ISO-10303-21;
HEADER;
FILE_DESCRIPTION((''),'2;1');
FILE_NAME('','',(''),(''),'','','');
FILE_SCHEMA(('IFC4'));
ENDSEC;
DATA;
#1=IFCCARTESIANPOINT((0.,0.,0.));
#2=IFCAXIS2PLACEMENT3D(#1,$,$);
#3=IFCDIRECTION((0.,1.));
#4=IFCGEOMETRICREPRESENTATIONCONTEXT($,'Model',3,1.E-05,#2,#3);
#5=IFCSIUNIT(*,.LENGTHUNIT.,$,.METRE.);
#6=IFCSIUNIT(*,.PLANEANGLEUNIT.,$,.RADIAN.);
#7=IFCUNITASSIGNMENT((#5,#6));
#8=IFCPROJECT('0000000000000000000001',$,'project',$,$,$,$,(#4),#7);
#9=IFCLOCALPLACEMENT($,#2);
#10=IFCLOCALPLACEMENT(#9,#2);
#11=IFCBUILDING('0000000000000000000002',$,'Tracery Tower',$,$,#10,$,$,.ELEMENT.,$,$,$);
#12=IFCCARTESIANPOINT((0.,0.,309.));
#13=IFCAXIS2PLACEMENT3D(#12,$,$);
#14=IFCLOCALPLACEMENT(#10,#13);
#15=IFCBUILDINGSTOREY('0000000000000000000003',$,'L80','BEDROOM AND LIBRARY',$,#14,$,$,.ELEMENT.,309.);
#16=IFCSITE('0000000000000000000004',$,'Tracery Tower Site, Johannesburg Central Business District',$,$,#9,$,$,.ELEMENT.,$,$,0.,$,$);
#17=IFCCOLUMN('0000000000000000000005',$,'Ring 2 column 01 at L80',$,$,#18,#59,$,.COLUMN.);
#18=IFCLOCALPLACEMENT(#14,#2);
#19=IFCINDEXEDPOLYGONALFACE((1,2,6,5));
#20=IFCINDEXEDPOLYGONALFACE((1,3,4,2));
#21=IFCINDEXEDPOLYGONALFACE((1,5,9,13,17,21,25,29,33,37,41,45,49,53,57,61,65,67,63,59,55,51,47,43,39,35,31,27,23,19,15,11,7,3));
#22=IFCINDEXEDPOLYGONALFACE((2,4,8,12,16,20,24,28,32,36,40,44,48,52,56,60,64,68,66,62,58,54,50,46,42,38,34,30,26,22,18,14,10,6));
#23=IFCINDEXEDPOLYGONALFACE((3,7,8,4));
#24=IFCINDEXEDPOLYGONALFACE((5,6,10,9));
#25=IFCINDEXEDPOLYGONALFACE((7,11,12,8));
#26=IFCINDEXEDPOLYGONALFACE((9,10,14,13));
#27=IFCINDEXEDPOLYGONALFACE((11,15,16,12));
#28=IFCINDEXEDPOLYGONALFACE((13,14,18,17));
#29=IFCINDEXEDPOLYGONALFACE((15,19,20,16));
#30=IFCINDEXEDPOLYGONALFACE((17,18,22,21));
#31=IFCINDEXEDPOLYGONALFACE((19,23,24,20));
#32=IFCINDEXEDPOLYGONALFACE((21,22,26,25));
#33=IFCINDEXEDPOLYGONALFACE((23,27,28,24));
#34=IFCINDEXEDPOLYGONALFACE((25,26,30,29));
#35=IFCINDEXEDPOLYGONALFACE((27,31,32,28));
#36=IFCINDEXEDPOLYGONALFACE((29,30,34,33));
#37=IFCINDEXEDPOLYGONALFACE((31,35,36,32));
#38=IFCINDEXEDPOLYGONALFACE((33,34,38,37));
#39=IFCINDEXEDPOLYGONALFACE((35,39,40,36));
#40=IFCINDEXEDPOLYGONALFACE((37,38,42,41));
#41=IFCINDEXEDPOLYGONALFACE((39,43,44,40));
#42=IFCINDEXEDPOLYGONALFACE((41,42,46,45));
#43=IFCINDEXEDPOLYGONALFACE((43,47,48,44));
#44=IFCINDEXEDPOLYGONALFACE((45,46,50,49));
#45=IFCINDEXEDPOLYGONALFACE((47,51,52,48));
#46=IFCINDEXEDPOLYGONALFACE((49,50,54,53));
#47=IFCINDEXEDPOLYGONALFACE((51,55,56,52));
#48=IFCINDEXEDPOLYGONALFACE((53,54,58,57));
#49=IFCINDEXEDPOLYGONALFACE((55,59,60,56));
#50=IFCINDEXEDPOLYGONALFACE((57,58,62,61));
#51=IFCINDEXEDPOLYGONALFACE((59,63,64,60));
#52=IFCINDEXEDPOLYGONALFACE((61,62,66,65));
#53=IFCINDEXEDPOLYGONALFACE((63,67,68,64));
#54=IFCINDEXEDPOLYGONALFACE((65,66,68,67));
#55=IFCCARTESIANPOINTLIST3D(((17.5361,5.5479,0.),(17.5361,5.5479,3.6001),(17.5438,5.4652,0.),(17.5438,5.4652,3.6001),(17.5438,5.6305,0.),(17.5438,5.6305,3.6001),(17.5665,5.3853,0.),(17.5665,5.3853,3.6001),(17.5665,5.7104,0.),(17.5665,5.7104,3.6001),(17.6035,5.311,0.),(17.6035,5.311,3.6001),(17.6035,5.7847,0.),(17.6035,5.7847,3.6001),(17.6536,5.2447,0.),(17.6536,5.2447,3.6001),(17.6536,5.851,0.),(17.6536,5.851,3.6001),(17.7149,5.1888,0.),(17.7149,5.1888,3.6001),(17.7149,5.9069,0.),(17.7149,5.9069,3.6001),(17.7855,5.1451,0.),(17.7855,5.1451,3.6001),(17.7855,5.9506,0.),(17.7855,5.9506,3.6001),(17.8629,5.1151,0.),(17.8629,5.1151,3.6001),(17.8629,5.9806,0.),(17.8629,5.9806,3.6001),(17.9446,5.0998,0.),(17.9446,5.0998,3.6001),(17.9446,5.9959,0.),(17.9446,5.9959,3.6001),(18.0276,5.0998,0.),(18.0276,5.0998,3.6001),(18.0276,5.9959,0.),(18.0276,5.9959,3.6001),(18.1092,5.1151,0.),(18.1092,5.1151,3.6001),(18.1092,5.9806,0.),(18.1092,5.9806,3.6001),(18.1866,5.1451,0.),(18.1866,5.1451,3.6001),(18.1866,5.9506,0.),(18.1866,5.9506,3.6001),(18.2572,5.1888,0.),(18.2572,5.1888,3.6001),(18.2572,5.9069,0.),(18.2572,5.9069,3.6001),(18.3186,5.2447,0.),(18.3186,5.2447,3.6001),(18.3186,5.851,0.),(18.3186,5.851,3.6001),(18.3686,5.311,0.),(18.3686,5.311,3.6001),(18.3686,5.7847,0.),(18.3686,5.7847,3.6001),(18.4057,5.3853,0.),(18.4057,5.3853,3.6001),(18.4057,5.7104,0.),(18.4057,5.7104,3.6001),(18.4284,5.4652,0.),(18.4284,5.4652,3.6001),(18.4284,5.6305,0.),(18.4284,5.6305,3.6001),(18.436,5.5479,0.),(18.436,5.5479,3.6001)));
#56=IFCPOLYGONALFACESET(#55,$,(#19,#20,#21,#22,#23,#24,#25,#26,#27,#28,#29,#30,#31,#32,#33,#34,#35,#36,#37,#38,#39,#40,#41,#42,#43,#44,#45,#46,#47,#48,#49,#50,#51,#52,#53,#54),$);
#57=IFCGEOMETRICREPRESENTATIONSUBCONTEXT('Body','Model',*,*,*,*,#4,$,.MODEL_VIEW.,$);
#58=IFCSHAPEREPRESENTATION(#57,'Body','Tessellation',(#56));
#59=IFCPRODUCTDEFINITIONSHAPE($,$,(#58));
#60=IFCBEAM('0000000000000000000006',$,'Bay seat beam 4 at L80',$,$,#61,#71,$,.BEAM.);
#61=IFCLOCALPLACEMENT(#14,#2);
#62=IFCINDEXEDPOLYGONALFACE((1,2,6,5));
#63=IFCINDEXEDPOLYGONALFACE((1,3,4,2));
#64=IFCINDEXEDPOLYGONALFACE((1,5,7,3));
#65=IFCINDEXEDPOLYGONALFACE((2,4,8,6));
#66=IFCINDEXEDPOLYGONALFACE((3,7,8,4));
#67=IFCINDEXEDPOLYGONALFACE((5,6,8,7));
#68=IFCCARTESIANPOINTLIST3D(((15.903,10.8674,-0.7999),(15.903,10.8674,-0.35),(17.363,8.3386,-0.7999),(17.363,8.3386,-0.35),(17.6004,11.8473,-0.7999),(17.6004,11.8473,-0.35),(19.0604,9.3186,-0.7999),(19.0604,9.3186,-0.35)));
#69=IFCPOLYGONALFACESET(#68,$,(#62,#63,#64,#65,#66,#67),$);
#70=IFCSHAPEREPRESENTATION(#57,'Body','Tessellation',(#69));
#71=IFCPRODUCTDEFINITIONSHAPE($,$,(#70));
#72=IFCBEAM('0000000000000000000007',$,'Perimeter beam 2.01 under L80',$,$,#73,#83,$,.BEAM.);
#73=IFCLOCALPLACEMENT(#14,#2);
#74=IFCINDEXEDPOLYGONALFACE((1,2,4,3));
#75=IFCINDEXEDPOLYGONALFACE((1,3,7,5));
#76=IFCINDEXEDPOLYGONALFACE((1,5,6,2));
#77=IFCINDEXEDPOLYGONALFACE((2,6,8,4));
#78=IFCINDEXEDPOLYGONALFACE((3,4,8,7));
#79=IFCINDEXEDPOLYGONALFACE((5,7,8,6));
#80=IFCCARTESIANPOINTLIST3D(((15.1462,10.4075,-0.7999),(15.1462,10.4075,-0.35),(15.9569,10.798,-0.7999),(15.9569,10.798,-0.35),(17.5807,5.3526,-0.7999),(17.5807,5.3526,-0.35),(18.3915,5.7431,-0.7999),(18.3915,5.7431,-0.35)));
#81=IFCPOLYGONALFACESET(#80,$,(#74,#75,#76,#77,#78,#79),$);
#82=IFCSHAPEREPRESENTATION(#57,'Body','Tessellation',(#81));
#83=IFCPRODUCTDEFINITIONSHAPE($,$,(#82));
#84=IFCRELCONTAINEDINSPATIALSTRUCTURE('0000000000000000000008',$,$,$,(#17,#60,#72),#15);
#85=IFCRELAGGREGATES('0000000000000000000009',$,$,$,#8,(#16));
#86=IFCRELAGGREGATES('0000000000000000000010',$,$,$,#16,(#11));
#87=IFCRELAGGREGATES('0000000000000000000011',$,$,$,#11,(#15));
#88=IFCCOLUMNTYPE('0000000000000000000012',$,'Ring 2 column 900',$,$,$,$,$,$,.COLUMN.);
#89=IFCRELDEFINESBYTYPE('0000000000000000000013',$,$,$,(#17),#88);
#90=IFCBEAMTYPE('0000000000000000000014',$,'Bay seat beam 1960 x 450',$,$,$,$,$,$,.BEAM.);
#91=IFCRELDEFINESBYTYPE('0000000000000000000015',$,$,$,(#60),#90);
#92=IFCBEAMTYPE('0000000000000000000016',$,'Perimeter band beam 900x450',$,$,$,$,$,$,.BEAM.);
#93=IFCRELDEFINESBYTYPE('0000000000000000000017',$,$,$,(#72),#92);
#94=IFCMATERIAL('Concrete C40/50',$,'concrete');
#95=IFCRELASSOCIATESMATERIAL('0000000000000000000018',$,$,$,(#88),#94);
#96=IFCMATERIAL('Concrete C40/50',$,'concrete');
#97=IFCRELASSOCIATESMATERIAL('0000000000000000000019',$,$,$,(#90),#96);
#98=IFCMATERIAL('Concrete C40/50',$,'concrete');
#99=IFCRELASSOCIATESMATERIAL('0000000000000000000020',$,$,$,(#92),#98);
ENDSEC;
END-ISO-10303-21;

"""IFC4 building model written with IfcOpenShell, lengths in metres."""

from ifc_helpers import new_model, si_unit, direction, frame, origin, origin_2d, place, context, subcontext, project, spatial, rectangle, circle, extrude, material, material_profile, profile_set, type_object, element, save


model = new_model("IFC4")

# Units and contexts
model_context = context("Model", 3, precision=1e-05, world=origin(), true_north=direction((0.0, 1.0)))
body_context = subcontext(model_context, "Body", "Model", "MODEL_VIEW")
ifc_project = project(units=[si_unit("LENGTHUNIT", "METRE"), si_unit("PLANEANGLEUNIT", "RADIAN")], contexts=[model_context])

# Site, building, storey
site_placement = place(None, origin())
site = spatial("IfcSite", under=ifc_project, at=site_placement, Name="Tracery Tower Site, Johannesburg Central Business District", CompositionType="ELEMENT", RefElevation=0.0)
building_placement = place(site_placement, origin())
building = spatial("IfcBuilding", under=site, at=building_placement, Name="Tracery Tower", CompositionType="ELEMENT")
storey_placement = place(building_placement, frame((0.0, 0.0, 309.0)))
storey = spatial("IfcBuildingStorey", under=building, at=storey_placement, Name="L80", Description="BEDROOM AND LIBRARY", CompositionType="ELEMENT", Elevation=309.0)

# Column
ifc_material_1 = material(Name="Concrete C40/50", Category="concrete")
ifc_material_profile_1 = material_profile(ifc_material_1, circle(Radius=0.45, at=origin_2d()), Name="RC D900")
ifc_profile_set_1 = profile_set([ifc_material_profile_1], Name="Concrete C40/50")
column_type = type_object("IfcColumnType", Name="Ring 2 column 900", PredefinedType="COLUMN", material=ifc_profile_set_1)
column_placement = place(storey_placement, frame((17.9861, 5.5479, 0.0), z_axis=(0.0, 0.0, 1.0), x_axis=(1.0, 0.0, 0.0)))
element("IfcColumn", 1, at=column_placement, inside=storey, type_object=column_type, Name="Ring 2 column 01 at L80", PredefinedType="COLUMN", context=body_context, shape_type="SweptSolid", body=[
    extrude(circle(Radius=0.45, at=origin_2d()), origin(), (0.0, 0.0, 1.0), 3.6001),
])

# Beams
ifc_material_2 = material(Name="Concrete C40/50", Category="concrete")
ifc_material_profile_2 = material_profile(ifc_material_2, rectangle(XDim=1.96, YDim=0.45, at=origin_2d()), Name="RC 1960x450")
ifc_profile_set_2 = profile_set([ifc_material_profile_2], Name="Concrete C40/50")
beam_type_1 = type_object("IfcBeamType", Name="Bay seat beam 1960 x 450", PredefinedType="BEAM", material=ifc_profile_set_2)
beam_1_placement = place(storey_placement, frame((18.2117, 8.8286, -0.575), z_axis=(-0.499988, 0.866032, 0.0), x_axis=(-0.866032, -0.499988, 0.0)))
element("IfcBeam", 2, at=beam_1_placement, inside=storey, type_object=beam_type_1, Name="Bay seat beam 4 at L80", PredefinedType="BEAM", context=body_context, shape_type="SweptSolid", body=[
    extrude(rectangle(XDim=1.96, YDim=0.45, at=origin_2d()), origin(), (0.0, 0.0, 1.0), 2.9199),
])
ifc_material_3 = material(Name="Concrete C40/50", Category="concrete")
ifc_material_profile_3 = material_profile(ifc_material_3, rectangle(XDim=0.8999, YDim=0.45, at=origin_2d()), Name="RC 900x450")
ifc_profile_set_3 = profile_set([ifc_material_profile_3], Name="Concrete C40/50")
beam_type_2 = type_object("IfcBeamType", Name="Perimeter band beam 900x450", PredefinedType="BEAM", material=ifc_profile_set_3)
beam_2_placement = place(storey_placement, frame((17.9861, 5.5479, -0.575), z_axis=(-0.433919, 0.900952, 0.0), x_axis=(-0.900952, -0.433919, 0.0)))
element("IfcBeam", 3, at=beam_2_placement, inside=storey, type_object=beam_type_2, Name="Perimeter beam 2.01 under L80", PredefinedType="BEAM", context=body_context, shape_type="SweptSolid", body=[
    extrude(rectangle(XDim=0.8999, YDim=0.45, at=origin_2d()), origin(), (0.0, 0.0, 1.0), 5.6106),
])

save(model, "model.ifc")
